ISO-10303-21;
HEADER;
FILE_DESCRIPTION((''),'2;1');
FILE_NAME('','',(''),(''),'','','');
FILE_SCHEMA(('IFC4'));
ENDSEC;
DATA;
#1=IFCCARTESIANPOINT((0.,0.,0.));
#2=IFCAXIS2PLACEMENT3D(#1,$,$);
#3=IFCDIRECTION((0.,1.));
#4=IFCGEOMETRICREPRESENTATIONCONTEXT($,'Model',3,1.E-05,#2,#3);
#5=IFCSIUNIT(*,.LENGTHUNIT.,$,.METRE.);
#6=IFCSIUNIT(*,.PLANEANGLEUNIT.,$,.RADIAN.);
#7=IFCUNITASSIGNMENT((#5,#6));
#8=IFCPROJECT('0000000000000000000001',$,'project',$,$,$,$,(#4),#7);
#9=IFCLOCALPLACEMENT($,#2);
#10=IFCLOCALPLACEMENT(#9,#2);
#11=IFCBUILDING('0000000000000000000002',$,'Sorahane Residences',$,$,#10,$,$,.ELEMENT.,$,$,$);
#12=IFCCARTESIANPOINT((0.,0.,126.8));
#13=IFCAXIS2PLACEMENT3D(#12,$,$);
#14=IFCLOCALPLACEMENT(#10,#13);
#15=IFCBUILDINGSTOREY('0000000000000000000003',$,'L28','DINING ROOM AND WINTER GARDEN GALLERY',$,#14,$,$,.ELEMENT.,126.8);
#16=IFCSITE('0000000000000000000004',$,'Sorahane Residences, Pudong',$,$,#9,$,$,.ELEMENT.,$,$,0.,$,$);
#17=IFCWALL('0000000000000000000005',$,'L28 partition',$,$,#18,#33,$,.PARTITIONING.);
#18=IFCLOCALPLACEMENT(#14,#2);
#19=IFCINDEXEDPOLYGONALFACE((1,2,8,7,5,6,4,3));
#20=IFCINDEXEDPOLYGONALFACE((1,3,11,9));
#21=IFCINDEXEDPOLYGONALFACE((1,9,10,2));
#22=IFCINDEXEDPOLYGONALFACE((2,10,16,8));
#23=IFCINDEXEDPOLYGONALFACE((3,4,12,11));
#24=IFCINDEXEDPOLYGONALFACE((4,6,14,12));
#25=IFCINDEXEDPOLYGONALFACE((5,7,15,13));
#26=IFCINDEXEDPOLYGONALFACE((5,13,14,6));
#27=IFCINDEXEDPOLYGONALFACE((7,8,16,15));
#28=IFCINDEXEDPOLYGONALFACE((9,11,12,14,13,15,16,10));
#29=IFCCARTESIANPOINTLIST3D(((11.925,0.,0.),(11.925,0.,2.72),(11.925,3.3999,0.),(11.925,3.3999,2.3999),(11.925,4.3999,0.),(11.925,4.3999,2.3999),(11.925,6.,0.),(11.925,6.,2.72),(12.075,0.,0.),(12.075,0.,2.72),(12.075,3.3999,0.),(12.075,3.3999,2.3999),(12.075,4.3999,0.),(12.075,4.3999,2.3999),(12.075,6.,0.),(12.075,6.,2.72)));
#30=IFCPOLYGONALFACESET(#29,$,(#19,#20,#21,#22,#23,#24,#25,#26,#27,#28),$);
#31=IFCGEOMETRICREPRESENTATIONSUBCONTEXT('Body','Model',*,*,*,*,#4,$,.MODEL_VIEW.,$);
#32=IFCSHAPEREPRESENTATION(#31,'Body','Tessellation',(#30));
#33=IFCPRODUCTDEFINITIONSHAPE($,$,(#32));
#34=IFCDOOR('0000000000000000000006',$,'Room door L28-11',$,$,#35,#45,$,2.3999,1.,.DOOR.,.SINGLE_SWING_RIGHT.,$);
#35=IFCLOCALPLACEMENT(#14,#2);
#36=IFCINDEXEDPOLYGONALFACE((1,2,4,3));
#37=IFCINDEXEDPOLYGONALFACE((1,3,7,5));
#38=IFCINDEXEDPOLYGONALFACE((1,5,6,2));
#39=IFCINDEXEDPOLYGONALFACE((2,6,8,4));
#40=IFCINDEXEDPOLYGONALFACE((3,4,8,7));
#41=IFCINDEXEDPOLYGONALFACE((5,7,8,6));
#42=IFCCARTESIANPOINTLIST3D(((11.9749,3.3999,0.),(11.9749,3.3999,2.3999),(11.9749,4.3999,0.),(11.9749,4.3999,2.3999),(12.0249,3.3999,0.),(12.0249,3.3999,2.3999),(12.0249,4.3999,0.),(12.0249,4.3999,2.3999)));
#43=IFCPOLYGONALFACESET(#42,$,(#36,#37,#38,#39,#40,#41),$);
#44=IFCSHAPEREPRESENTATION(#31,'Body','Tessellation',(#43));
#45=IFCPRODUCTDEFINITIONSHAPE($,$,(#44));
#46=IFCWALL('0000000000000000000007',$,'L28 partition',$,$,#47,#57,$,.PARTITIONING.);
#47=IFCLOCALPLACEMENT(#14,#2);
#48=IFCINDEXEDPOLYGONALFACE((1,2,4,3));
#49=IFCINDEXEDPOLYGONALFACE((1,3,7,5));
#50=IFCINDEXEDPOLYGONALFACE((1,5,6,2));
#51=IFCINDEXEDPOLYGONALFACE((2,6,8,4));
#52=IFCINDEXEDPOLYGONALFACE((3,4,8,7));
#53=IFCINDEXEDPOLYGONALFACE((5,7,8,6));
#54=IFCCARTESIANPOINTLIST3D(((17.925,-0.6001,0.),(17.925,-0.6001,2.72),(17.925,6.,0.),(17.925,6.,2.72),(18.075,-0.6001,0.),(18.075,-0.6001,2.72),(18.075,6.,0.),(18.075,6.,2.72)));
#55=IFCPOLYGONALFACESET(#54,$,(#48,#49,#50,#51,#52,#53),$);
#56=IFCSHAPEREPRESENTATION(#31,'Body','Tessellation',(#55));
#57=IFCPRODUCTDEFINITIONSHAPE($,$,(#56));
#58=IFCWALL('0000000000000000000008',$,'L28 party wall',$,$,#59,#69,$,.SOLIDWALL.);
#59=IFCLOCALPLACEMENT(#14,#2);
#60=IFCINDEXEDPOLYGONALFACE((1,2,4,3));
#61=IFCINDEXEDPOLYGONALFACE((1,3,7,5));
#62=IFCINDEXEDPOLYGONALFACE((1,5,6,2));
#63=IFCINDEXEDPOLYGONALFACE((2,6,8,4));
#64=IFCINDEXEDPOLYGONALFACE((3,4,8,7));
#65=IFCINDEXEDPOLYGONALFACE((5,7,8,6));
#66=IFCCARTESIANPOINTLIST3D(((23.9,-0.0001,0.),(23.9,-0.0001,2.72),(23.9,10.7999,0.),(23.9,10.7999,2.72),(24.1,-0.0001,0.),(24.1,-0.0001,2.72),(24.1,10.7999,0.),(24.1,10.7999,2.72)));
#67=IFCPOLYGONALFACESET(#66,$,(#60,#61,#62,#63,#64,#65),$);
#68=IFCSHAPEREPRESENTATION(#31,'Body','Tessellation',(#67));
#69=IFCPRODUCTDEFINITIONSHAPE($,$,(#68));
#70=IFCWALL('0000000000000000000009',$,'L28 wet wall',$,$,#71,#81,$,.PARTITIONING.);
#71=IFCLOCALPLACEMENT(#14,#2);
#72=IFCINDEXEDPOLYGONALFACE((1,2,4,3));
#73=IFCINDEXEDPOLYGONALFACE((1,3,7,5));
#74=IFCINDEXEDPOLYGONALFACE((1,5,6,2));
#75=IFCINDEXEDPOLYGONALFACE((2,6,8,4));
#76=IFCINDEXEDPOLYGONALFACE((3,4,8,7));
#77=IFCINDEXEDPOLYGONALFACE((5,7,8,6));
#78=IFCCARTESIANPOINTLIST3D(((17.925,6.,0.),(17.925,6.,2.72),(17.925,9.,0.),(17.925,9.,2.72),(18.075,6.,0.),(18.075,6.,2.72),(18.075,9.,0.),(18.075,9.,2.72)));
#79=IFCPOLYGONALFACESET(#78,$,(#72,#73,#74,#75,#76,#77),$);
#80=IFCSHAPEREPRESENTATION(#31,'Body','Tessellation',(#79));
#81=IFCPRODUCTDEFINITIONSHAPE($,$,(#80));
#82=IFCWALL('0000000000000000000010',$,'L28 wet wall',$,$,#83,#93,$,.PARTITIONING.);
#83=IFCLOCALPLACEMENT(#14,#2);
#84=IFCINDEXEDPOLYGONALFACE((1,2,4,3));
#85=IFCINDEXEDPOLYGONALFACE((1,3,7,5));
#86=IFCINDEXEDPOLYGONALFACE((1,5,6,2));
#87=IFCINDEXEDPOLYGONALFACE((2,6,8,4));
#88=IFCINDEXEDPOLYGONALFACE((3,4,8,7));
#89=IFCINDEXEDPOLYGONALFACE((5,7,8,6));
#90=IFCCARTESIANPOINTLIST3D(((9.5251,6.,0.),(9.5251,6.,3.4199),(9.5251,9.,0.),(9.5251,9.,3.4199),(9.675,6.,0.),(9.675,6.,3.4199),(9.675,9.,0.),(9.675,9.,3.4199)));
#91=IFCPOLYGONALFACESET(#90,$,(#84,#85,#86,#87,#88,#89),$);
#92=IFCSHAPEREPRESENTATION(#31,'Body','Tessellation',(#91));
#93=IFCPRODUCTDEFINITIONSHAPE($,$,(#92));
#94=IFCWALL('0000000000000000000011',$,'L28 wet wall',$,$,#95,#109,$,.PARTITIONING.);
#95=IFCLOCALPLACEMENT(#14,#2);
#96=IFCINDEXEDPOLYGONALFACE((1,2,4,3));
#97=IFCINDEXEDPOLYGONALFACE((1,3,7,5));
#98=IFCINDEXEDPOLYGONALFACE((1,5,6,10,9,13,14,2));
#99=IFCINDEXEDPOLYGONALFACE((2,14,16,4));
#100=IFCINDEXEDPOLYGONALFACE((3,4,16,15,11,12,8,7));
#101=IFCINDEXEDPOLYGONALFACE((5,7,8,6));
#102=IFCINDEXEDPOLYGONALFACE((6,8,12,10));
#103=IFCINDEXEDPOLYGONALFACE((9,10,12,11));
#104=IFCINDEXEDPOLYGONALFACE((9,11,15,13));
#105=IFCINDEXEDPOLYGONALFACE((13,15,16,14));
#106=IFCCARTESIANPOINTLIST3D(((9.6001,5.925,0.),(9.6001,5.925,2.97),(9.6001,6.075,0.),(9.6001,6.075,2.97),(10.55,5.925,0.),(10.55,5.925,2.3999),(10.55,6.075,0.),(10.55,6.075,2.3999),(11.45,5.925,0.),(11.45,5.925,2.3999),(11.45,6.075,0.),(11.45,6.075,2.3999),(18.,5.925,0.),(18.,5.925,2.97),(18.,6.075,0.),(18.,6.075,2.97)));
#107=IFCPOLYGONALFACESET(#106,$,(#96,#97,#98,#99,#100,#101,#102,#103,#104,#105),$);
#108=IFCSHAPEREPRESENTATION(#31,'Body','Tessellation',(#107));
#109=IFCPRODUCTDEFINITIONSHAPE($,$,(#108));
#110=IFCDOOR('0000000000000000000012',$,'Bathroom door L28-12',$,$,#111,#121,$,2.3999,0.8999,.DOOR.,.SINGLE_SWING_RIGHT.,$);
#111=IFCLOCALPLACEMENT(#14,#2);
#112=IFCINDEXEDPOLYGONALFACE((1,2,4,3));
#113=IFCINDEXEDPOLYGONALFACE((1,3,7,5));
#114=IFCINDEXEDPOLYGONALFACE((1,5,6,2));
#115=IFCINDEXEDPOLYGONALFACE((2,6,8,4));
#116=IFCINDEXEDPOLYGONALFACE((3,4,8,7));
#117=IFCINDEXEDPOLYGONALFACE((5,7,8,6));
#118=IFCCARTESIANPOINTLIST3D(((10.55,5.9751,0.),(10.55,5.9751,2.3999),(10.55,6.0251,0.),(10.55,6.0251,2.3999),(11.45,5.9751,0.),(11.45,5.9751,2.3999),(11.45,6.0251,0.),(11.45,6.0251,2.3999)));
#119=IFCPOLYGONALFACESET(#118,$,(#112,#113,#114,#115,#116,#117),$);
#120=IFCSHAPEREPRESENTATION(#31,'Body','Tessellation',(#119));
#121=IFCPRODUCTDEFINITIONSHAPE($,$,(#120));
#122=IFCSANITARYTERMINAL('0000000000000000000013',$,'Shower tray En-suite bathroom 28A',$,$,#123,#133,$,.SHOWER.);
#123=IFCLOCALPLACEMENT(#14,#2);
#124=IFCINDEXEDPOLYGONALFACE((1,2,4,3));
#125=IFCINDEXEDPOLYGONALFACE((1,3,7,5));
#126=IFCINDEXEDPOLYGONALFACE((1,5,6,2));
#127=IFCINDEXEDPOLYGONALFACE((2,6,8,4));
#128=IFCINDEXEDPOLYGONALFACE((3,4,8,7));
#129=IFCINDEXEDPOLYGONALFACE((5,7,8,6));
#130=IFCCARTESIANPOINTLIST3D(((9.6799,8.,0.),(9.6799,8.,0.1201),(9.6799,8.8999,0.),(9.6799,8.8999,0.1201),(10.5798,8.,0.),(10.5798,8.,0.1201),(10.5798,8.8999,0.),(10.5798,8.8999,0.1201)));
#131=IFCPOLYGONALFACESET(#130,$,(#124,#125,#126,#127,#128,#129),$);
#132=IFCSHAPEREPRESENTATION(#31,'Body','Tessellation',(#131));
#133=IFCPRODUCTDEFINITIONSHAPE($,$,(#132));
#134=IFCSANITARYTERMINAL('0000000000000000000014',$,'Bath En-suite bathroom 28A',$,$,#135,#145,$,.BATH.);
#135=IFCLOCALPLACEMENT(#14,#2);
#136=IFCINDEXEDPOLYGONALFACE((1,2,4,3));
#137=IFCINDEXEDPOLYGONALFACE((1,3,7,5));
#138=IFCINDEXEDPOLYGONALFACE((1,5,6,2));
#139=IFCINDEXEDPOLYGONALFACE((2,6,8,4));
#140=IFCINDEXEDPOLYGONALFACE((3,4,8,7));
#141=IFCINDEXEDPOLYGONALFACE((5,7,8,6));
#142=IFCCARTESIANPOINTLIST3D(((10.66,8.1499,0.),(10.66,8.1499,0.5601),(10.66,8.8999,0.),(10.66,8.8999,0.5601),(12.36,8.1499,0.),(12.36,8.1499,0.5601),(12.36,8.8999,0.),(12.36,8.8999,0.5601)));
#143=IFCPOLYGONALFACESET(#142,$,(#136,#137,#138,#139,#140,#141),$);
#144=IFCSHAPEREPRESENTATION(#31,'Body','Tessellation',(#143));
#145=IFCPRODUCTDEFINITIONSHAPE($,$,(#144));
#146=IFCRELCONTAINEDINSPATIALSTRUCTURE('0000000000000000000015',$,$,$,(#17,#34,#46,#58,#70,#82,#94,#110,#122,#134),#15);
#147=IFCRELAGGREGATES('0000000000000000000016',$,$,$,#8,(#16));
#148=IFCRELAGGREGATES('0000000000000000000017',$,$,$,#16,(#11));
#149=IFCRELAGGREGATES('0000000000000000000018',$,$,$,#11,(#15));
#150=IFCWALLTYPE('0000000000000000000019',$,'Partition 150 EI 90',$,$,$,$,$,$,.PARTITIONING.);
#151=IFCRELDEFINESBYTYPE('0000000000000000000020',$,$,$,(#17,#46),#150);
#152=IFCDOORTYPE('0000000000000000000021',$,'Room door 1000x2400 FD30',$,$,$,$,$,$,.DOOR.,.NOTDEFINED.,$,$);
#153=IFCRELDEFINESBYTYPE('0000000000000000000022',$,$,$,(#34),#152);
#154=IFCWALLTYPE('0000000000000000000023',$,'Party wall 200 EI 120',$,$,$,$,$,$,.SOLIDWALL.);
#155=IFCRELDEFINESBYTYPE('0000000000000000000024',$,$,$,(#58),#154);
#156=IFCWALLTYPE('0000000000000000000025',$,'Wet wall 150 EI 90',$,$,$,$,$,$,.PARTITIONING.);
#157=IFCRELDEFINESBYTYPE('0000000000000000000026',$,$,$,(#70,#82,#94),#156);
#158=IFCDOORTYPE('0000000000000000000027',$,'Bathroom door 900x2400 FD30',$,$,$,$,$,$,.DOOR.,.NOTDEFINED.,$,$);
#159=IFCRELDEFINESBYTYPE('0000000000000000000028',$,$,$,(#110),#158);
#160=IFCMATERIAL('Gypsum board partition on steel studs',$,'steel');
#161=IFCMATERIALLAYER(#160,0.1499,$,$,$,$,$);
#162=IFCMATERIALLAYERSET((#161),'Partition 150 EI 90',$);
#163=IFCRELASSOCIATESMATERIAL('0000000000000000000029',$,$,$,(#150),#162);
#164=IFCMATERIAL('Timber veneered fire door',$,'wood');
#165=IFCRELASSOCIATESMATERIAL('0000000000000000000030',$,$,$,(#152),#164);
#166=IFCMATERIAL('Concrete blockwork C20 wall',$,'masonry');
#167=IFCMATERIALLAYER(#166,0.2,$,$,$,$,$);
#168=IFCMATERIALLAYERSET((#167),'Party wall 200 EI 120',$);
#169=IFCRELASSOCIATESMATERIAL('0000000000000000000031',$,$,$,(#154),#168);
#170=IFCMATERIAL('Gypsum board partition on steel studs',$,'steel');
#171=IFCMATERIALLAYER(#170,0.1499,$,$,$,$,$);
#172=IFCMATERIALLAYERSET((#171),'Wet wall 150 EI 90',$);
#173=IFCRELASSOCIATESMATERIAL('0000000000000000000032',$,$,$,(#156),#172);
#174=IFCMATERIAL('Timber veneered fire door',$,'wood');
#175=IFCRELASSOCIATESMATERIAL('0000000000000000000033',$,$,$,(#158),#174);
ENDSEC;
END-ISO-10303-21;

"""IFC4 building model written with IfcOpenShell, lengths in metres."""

from ifc_helpers import new_model, si_unit, direction, frame, frame_2d, origin, origin_2d, place, context, subcontext, project, spatial, rectangle, extrude, material, layer, layer_set, type_object, element, fill, save


model = new_model("IFC4")

# Units and contexts
model_context = context("Model", 3, precision=1e-05, world=origin(), true_north=direction((0.0, 1.0)))
body_context = subcontext(model_context, "Body", "Model", "MODEL_VIEW")
ifc_project = project(units=[si_unit("LENGTHUNIT", "METRE"), si_unit("PLANEANGLEUNIT", "RADIAN")], contexts=[model_context])

# Site, building, storey
site_placement = place(None, origin())
site = spatial("IfcSite", under=ifc_project, at=site_placement, Name="Sorahane Residences, Pudong", CompositionType="ELEMENT", RefElevation=0.0)
building_placement = place(site_placement, origin())
building = spatial("IfcBuilding", under=site, at=building_placement, Name="Sorahane Residences", CompositionType="ELEMENT")
storey_placement = place(building_placement, frame((0.0, 0.0, 126.8)))
storey = spatial("IfcBuildingStorey", under=building, at=storey_placement, Name="L28", Description="DINING ROOM AND WINTER GARDEN GALLERY", CompositionType="ELEMENT", Elevation=126.8)

# Wall, opening, door
ifc_material_1 = material(Name="Gypsum board partition on steel studs", Category="steel")
ifc_layer_1 = layer(ifc_material_1, 0.1499)
ifc_layer_set_1 = layer_set([ifc_layer_1], Name="Partition 150 EI 90")
wall_type_1 = type_object("IfcWallType", Name="Partition 150 EI 90", PredefinedType="PARTITIONING", material=ifc_layer_set_1)
wall_1_placement = place(storey_placement, frame((12.0, 0.0, 0.0), z_axis=(0.0, 0.0, 1.0), x_axis=(0.0, 1.0, 0.0)))
wall_1 = element("IfcWall", 1, at=wall_1_placement, inside=storey, type_object=wall_type_1, Name="L28 partition", PredefinedType="PARTITIONING", context=body_context, shape_type="SweptSolid", body=[
    extrude(rectangle(XDim=6.0, YDim=0.1499, at=frame_2d((3.0, 0.0))), origin(), (0.0, 0.0, 1.0), 2.72),
])
opening_1_placement = place(wall_1_placement, frame((3.3999, 0.0, 0.0)))
opening_1 = element("IfcOpeningElement", 2, at=opening_1_placement, cuts=wall_1, PredefinedType="OPENING", context=body_context, shape_type="SweptSolid", body=[
    extrude(rectangle(XDim=1.0, YDim=2.3999, at=frame_2d((0.5, 1.2))), frame((0.0, 0.085, 0.0), z_axis=(0.0, -1.0, 0.0), x_axis=(1.0, 0.0, 0.0)), (0.0, 0.0, 1.0), 0.1699),
])
ifc_material_2 = material(Name="Timber veneered fire door", Category="wood")
door_type_1 = type_object("IfcDoorType", Name="Room door 1000x2400 FD30", OperationType="NOTDEFINED", PredefinedType="DOOR", material=ifc_material_2)
door_1_placement = place(opening_1_placement, frame((1.0, 0.0, 0.0), z_axis=(0.0, 0.0, 1.0), x_axis=(-1.0, 0.0, 0.0)))
door_1 = element("IfcDoor", 3, at=door_1_placement, inside=storey, type_object=door_type_1, Name="Room door L28-11", OperationType="SINGLE_SWING_RIGHT", OverallHeight=2.3999, OverallWidth=1.0, PredefinedType="DOOR", context=body_context, shape_type="SweptSolid", body=[
    extrude(rectangle(XDim=1.0, YDim=2.3999, at=frame_2d((0.5, 1.2))), frame((0.0, 0.0249, 0.0), z_axis=(0.0, -1.0, 0.0), x_axis=(1.0, 0.0, 0.0)), (0.0, 0.0, 1.0), 0.05),
])
fill(opening_1, door_1)

# Walls
wall_2_placement = place(storey_placement, frame((18.0, -0.6001, 0.0), z_axis=(0.0, 0.0, 1.0), x_axis=(0.0, 1.0, 0.0)))
element("IfcWall", 4, at=wall_2_placement, inside=storey, type_object=wall_type_1, Name="L28 partition", PredefinedType="PARTITIONING", context=body_context, shape_type="SweptSolid", body=[
    extrude(rectangle(XDim=6.6001, YDim=0.1499, at=frame_2d((3.3, 0.0))), origin(), (0.0, 0.0, 1.0), 2.72),
])
ifc_material_3 = material(Name="Concrete blockwork C20 wall", Category="masonry")
ifc_layer_2 = layer(ifc_material_3, 0.2)
ifc_layer_set_2 = layer_set([ifc_layer_2], Name="Party wall 200 EI 120")
wall_type_2 = type_object("IfcWallType", Name="Party wall 200 EI 120", PredefinedType="SOLIDWALL", material=ifc_layer_set_2)
wall_3_placement = place(storey_placement, frame((24.0, 0.0, 0.0), z_axis=(0.0, 0.0, 1.0), x_axis=(0.0, 1.0, 0.0)))
element("IfcWall", 5, at=wall_3_placement, inside=storey, type_object=wall_type_2, Name="L28 party wall", PredefinedType="SOLIDWALL", context=body_context, shape_type="SweptSolid", body=[
    extrude(rectangle(XDim=10.8, YDim=0.2, at=frame_2d((5.3999, 0.0))), origin(), (0.0, 0.0, 1.0), 2.72),
])
ifc_material_4 = material(Name="Gypsum board partition on steel studs", Category="steel")
ifc_layer_3 = layer(ifc_material_4, 0.1499)
ifc_layer_set_3 = layer_set([ifc_layer_3], Name="Wet wall 150 EI 90")
wall_type_3 = type_object("IfcWallType", Name="Wet wall 150 EI 90", PredefinedType="PARTITIONING", material=ifc_layer_set_3)
wall_4_placement = place(storey_placement, frame((18.0, 6.0, 0.0), z_axis=(0.0, 0.0, 1.0), x_axis=(0.0, 1.0, 0.0)))
element("IfcWall", 6, at=wall_4_placement, inside=storey, type_object=wall_type_3, Name="L28 wet wall", PredefinedType="PARTITIONING", context=body_context, shape_type="SweptSolid", body=[
    extrude(rectangle(XDim=3.0, YDim=0.1499, at=frame_2d((1.5, 0.0))), origin(), (0.0, 0.0, 1.0), 2.72),
])
wall_5_placement = place(storey_placement, frame((9.6001, 6.0, 0.0), z_axis=(0.0, 0.0, 1.0), x_axis=(0.0, 1.0, 0.0)))
element("IfcWall", 7, at=wall_5_placement, inside=storey, type_object=wall_type_3, Name="L28 wet wall", PredefinedType="PARTITIONING", context=body_context, shape_type="SweptSolid", body=[
    extrude(rectangle(XDim=3.0, YDim=0.1499, at=frame_2d((1.5, 0.0))), origin(), (0.0, 0.0, 1.0), 3.4199),
])

# Wall, opening, door
wall_6_placement = place(storey_placement, frame((9.6001, 6.0, 0.0), z_axis=(0.0, 0.0, 1.0), x_axis=(1.0, 0.0, 0.0)))
wall_6 = element("IfcWall", 8, at=wall_6_placement, inside=storey, type_object=wall_type_3, Name="L28 wet wall", PredefinedType="PARTITIONING", context=body_context, shape_type="SweptSolid", body=[
    extrude(rectangle(XDim=8.3999, YDim=0.1499, at=frame_2d((4.2, 0.0))), origin(), (0.0, 0.0, 1.0), 2.97),
])
opening_2_placement = place(wall_6_placement, frame((0.95, 0.0, 0.0)))
opening_2 = element("IfcOpeningElement", 9, at=opening_2_placement, cuts=wall_6, PredefinedType="OPENING", context=body_context, shape_type="SweptSolid", body=[
    extrude(rectangle(XDim=0.8999, YDim=2.3999, at=frame_2d((0.45, 1.2))), frame((0.0, 0.085, 0.0), z_axis=(0.0, -1.0, 0.0), x_axis=(1.0, 0.0, 0.0)), (0.0, 0.0, 1.0), 0.1699),
])
ifc_material_5 = material(Name="Timber veneered fire door", Category="wood")
door_type_2 = type_object("IfcDoorType", Name="Bathroom door 900x2400 FD30", OperationType="NOTDEFINED", PredefinedType="DOOR", material=ifc_material_5)
door_2_placement = place(opening_2_placement, frame((0.8999, 0.0, 0.0), z_axis=(0.0, 0.0, 1.0), x_axis=(-1.0, 0.0, 0.0)))
door_2 = element("IfcDoor", 10, at=door_2_placement, inside=storey, type_object=door_type_2, Name="Bathroom door L28-12", OperationType="SINGLE_SWING_RIGHT", OverallHeight=2.3999, OverallWidth=0.8999, PredefinedType="DOOR", context=body_context, shape_type="SweptSolid", body=[
    extrude(rectangle(XDim=0.8999, YDim=2.3999, at=frame_2d((0.45, 1.2))), frame((0.0, 0.0249, 0.0), z_axis=(0.0, -1.0, 0.0), x_axis=(1.0, 0.0, 0.0)), (0.0, 0.0, 1.0), 0.05),
])
fill(opening_2, door_2)

# Sanitary terminals
sanitary_terminal_1_placement = place(storey_placement, frame((10.1299, 8.45, 0.0), z_axis=(0.0, 0.0, 1.0), x_axis=(1.0, 0.0, 0.0)))
element("IfcSanitaryTerminal", 11, at=sanitary_terminal_1_placement, inside=storey, Name="Shower tray En-suite bathroom 28A", PredefinedType="SHOWER", context=body_context, shape_type="SweptSolid", body=[
    extrude(rectangle(XDim=0.8999, YDim=0.8999, at=origin_2d()), origin(), (0.0, 0.0, 1.0), 0.1201),
])
sanitary_terminal_2_placement = place(storey_placement, frame((11.51, 8.5249, 0.0), z_axis=(0.0, 0.0, 1.0), x_axis=(1.0, 0.0, 0.0)))
element("IfcSanitaryTerminal", 12, at=sanitary_terminal_2_placement, inside=storey, Name="Bath En-suite bathroom 28A", PredefinedType="BATH", context=body_context, shape_type="SweptSolid", body=[
    extrude(rectangle(XDim=1.7, YDim=0.75, at=origin_2d()), origin(), (0.0, 0.0, 1.0), 0.5601),
])

save(model, "model.ifc")
